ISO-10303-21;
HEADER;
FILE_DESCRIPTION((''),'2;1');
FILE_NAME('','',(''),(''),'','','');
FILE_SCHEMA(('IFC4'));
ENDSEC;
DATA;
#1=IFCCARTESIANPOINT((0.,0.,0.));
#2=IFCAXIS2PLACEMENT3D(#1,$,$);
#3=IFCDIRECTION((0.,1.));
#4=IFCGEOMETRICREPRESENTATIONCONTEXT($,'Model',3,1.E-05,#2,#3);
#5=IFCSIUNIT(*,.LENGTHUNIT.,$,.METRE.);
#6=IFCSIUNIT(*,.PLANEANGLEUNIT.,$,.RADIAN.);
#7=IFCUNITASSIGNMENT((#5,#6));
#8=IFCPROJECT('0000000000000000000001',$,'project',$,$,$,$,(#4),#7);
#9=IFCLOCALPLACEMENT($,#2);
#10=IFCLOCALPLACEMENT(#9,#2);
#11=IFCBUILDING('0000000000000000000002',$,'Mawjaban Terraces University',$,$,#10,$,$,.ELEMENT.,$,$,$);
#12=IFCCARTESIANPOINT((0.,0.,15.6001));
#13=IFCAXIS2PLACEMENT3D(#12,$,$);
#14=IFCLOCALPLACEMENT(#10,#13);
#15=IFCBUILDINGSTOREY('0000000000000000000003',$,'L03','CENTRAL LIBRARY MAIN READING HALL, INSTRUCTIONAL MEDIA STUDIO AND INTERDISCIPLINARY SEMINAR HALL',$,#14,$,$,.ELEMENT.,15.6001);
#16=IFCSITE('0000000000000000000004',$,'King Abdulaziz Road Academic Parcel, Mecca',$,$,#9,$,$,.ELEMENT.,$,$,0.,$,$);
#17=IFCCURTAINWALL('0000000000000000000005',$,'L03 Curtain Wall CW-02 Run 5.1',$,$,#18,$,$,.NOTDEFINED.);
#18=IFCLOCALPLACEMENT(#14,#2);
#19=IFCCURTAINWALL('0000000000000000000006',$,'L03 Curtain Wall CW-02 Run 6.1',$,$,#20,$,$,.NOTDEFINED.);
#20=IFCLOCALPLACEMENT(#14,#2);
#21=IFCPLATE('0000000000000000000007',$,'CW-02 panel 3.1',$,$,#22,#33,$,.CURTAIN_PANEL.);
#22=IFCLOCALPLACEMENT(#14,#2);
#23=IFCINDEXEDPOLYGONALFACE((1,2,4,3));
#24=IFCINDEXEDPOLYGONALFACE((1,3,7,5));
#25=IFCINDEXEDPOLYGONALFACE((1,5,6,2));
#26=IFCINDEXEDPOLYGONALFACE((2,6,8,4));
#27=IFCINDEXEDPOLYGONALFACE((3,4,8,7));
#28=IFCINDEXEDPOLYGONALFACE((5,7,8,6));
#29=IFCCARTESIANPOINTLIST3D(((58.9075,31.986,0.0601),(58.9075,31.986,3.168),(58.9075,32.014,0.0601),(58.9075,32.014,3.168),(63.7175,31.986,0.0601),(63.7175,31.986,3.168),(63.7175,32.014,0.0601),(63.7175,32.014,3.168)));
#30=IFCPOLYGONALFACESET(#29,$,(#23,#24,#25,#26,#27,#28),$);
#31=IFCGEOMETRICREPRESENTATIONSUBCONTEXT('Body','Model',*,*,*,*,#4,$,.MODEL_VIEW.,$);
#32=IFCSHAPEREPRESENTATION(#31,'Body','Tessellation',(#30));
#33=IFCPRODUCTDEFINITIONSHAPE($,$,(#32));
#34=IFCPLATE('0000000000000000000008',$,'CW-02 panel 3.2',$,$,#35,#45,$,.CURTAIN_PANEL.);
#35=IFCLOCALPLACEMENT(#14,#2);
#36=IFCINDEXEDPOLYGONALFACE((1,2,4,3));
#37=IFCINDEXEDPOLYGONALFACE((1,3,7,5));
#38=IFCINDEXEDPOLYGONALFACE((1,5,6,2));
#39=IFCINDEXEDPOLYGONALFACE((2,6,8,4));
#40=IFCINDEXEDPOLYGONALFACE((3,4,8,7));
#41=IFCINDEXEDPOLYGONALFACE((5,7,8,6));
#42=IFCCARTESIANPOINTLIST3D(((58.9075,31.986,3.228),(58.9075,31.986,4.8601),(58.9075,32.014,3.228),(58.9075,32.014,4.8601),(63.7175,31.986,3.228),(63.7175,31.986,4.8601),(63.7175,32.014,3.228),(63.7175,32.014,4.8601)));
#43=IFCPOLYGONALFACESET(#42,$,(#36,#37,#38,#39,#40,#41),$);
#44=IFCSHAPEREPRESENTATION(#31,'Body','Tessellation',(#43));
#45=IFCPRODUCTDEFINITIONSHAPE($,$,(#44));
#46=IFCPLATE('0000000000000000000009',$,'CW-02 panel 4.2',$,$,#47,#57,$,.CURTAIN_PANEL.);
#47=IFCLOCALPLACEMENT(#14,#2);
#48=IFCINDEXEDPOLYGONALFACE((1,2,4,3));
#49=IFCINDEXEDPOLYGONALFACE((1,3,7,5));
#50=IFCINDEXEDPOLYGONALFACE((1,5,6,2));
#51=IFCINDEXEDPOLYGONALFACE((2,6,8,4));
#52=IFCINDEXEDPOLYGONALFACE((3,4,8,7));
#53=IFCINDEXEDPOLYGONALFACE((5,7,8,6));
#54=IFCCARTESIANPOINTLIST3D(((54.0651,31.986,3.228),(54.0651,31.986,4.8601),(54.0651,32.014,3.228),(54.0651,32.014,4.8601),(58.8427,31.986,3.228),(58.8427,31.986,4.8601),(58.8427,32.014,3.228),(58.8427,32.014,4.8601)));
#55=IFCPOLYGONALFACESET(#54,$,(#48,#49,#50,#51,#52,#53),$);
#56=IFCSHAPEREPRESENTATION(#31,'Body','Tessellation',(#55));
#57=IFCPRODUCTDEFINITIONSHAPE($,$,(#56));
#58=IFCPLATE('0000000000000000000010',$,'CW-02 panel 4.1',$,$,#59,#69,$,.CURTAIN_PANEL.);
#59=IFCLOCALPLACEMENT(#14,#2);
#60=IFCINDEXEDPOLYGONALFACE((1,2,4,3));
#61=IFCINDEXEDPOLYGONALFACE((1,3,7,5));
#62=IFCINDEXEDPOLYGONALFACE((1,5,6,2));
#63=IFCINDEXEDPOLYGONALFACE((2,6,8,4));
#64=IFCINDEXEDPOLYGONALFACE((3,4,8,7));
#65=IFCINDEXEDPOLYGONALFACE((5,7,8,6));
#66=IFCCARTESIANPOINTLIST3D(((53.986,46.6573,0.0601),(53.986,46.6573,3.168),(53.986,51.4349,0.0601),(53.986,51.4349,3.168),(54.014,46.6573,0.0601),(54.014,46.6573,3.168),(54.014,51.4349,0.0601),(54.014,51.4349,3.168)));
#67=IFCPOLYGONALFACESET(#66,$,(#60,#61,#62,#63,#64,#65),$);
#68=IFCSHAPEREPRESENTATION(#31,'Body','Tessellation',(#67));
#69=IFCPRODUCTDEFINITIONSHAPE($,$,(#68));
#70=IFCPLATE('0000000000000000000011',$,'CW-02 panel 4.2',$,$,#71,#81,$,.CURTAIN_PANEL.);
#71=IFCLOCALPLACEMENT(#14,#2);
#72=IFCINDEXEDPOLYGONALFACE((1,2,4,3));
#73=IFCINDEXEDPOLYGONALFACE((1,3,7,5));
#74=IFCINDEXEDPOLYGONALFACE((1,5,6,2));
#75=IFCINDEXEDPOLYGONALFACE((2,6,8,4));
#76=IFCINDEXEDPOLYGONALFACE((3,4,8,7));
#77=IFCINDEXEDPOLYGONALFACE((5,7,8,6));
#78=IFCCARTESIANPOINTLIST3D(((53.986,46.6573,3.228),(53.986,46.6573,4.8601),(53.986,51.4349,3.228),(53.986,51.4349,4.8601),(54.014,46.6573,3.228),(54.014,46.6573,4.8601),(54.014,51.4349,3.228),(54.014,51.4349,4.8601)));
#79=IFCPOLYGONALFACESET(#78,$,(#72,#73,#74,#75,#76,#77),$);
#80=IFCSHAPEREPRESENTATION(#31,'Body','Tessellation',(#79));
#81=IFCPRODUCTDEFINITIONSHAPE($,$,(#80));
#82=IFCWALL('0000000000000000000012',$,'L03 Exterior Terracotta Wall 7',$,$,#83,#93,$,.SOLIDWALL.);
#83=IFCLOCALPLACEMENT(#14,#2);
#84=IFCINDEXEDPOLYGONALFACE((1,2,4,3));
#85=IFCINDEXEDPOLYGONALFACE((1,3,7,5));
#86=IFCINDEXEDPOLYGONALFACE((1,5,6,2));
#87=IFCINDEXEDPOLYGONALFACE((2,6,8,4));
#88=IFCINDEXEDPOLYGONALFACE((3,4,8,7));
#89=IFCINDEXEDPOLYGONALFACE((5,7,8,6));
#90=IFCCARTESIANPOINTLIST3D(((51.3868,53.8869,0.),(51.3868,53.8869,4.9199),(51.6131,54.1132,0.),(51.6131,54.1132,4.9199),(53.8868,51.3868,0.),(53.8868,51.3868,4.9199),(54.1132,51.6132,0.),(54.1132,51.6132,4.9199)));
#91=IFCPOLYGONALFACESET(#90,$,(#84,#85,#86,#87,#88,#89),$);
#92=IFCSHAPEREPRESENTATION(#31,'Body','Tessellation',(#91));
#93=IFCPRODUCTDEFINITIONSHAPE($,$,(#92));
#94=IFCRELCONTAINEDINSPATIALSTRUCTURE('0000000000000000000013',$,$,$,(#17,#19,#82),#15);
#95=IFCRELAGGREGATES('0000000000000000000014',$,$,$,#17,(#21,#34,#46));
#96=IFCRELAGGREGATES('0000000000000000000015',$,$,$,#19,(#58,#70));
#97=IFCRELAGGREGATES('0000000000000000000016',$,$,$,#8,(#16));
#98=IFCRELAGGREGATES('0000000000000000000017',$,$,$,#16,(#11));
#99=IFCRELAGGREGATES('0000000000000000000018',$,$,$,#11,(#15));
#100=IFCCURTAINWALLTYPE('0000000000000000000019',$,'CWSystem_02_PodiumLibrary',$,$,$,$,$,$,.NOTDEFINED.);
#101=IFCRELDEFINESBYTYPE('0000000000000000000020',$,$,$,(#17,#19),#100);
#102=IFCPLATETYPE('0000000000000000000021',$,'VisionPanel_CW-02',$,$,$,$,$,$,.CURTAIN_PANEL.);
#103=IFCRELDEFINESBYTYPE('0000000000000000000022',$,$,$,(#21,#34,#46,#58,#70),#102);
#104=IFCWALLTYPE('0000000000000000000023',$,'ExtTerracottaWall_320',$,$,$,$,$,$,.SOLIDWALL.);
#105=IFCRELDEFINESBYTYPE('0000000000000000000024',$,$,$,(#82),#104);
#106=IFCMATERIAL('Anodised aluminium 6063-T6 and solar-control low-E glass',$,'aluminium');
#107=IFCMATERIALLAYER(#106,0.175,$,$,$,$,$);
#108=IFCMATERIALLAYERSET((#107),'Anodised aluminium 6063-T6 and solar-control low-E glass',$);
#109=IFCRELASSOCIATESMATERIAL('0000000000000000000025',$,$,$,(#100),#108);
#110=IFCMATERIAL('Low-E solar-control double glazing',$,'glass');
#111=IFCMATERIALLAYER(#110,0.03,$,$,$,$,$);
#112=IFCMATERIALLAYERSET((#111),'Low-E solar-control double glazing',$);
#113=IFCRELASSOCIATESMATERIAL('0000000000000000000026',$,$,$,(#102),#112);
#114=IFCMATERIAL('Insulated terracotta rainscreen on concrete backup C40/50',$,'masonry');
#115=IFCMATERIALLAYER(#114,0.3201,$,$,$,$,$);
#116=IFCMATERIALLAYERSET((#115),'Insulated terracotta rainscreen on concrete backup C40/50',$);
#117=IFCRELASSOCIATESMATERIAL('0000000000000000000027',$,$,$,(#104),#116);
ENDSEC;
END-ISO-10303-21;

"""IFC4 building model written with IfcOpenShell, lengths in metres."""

from ifc_helpers import new_model, si_unit, direction, frame, frame_2d, origin, origin_2d, place, context, subcontext, project, spatial, rectangle, extrude, material, layer, layer_set, type_object, element, aggregate, save


model = new_model("IFC4")

# Units and contexts
model_context = context("Model", 3, precision=1e-05, world=origin(), true_north=direction((0.0, 1.0)))
body_context = subcontext(model_context, "Body", "Model", "MODEL_VIEW")
ifc_project = project(units=[si_unit("LENGTHUNIT", "METRE"), si_unit("PLANEANGLEUNIT", "RADIAN")], contexts=[model_context])

# Site, building, storey
site_placement = place(None, origin())
site = spatial("IfcSite", under=ifc_project, at=site_placement, Name="King Abdulaziz Road Academic Parcel, Mecca", CompositionType="ELEMENT", RefElevation=0.0)
building_placement = place(site_placement, origin())
building = spatial("IfcBuilding", under=site, at=building_placement, Name="Mawjaban Terraces University", CompositionType="ELEMENT")
storey_placement = place(building_placement, frame((0.0, 0.0, 15.6001)))
storey = spatial("IfcBuildingStorey", under=building, at=storey_placement, Name="L03", Description="CENTRAL LIBRARY MAIN READING HALL, INSTRUCTIONAL MEDIA STUDIO AND INTERDISCIPLINARY SEMINAR HALL", CompositionType="ELEMENT", Elevation=15.6001)

# Curtain wall
ifc_material_1 = material(Name="Anodised aluminium 6063-T6 and solar-control low-E glass", Category="aluminium")
ifc_layer_1 = layer(ifc_material_1, 0.175)
ifc_layer_set_1 = layer_set([ifc_layer_1], Name="Anodised aluminium 6063-T6 and solar-control low-E glass")
curtain_wall_type = type_object("IfcCurtainWallType", Name="CWSystem_02_PodiumLibrary", PredefinedType="NOTDEFINED", material=ifc_layer_set_1)
curtain_wall_1_placement = place(storey_placement, origin())
curtain_wall_1 = element("IfcCurtainWall", 1, at=curtain_wall_1_placement, inside=storey, type_object=curtain_wall_type, Name="L03 Curtain Wall CW-02 Run 5.1", PredefinedType="NOTDEFINED")

# Curtain wall
curtain_wall_2_placement = place(storey_placement, origin())
curtain_wall_2 = element("IfcCurtainWall", 2, at=curtain_wall_2_placement, inside=storey, type_object=curtain_wall_type, Name="L03 Curtain Wall CW-02 Run 6.1", PredefinedType="NOTDEFINED")

# Plates
ifc_material_2 = material(Name="Low-E solar-control double glazing", Category="glass")
ifc_layer_2 = layer(ifc_material_2, 0.03)
ifc_layer_set_2 = layer_set([ifc_layer_2], Name="Low-E solar-control double glazing")
plate_type = type_object("IfcPlateType", Name="VisionPanel_CW-02", PredefinedType="CURTAIN_PANEL", material=ifc_layer_set_2)
plate_1_placement = place(storey_placement, frame((61.3125, 32.0, 0.0601), z_axis=(0.0, 0.0, 1.0), x_axis=(-1.0, 0.0, 0.0)))
plate_1 = element("IfcPlate", 3, at=plate_1_placement, type_object=plate_type, Name="CW-02 panel 3.1", PredefinedType="CURTAIN_PANEL", context=body_context, shape_type="SweptSolid", body=[
    extrude(rectangle(XDim=4.8101, YDim=0.0281, at=origin_2d()), origin(), (0.0, 0.0, 1.0), 3.1079),
])
plate_2_placement = place(storey_placement, frame((61.3125, 32.0, 3.228), z_axis=(0.0, 0.0, 1.0), x_axis=(-1.0, 0.0, 0.0)))
plate_2 = element("IfcPlate", 4, at=plate_2_placement, type_object=plate_type, Name="CW-02 panel 3.2", PredefinedType="CURTAIN_PANEL", context=body_context, shape_type="SweptSolid", body=[
    extrude(rectangle(XDim=4.8101, YDim=0.0281, at=origin_2d()), origin(), (0.0, 0.0, 1.0), 1.6321),
])
plate_3_placement = place(storey_placement, frame((56.4539, 32.0, 3.228), z_axis=(0.0, 0.0, 1.0), x_axis=(-1.0, 0.0, 0.0)))
plate_3 = element("IfcPlate", 5, at=plate_3_placement, type_object=plate_type, Name="CW-02 panel 4.2", PredefinedType="CURTAIN_PANEL", context=body_context, shape_type="SweptSolid", body=[
    extrude(rectangle(XDim=4.7776, YDim=0.0281, at=origin_2d()), origin(), (0.0, 0.0, 1.0), 1.6321),
])
aggregate(curtain_wall_1, [plate_1, plate_2, plate_3])
plate_4_placement = place(storey_placement, frame((54.0, 49.0461, 0.0601), z_axis=(0.0, 0.0, 1.0), x_axis=(0.0, 1.0, 0.0)))
plate_4 = element("IfcPlate", 6, at=plate_4_placement, type_object=plate_type, Name="CW-02 panel 4.1", PredefinedType="CURTAIN_PANEL", context=body_context, shape_type="SweptSolid", body=[
    extrude(rectangle(XDim=4.7776, YDim=0.0281, at=origin_2d()), origin(), (0.0, 0.0, 1.0), 3.1079),
])
plate_5_placement = place(storey_placement, frame((54.0, 49.0461, 3.228), z_axis=(0.0, 0.0, 1.0), x_axis=(0.0, 1.0, 0.0)))
plate_5 = element("IfcPlate", 7, at=plate_5_placement, type_object=plate_type, Name="CW-02 panel 4.2", PredefinedType="CURTAIN_PANEL", context=body_context, shape_type="SweptSolid", body=[
    extrude(rectangle(XDim=4.7776, YDim=0.0281, at=origin_2d()), origin(), (0.0, 0.0, 1.0), 1.6321),
])
aggregate(curtain_wall_2, [plate_4, plate_5])

# Wall
ifc_material_3 = material(Name="Insulated terracotta rainscreen on concrete backup C40/50", Category="masonry")
ifc_layer_3 = layer(ifc_material_3, 0.3201)
ifc_layer_set_3 = layer_set([ifc_layer_3], Name="Insulated terracotta rainscreen on concrete backup C40/50")
wall_type = type_object("IfcWallType", Name="ExtTerracottaWall_320", PredefinedType="SOLIDWALL", material=ifc_layer_set_3)
wall_placement = place(storey_placement, frame((54.0, 51.5, 0.0), z_axis=(0.0, 0.0, 1.0), x_axis=(-0.707107, 0.707107, 0.0)))
element("IfcWall", 8, at=wall_placement, inside=storey, type_object=wall_type, Name="L03 Exterior Terracotta Wall 7", PredefinedType="SOLIDWALL", context=body_context, shape_type="SweptSolid", body=[
    extrude(rectangle(XDim=3.5356, YDim=0.3201, at=frame_2d((1.7678, 0.0))), origin(), (0.0, 0.0, 1.0), 4.9199),
])

save(model, "model.ifc")
